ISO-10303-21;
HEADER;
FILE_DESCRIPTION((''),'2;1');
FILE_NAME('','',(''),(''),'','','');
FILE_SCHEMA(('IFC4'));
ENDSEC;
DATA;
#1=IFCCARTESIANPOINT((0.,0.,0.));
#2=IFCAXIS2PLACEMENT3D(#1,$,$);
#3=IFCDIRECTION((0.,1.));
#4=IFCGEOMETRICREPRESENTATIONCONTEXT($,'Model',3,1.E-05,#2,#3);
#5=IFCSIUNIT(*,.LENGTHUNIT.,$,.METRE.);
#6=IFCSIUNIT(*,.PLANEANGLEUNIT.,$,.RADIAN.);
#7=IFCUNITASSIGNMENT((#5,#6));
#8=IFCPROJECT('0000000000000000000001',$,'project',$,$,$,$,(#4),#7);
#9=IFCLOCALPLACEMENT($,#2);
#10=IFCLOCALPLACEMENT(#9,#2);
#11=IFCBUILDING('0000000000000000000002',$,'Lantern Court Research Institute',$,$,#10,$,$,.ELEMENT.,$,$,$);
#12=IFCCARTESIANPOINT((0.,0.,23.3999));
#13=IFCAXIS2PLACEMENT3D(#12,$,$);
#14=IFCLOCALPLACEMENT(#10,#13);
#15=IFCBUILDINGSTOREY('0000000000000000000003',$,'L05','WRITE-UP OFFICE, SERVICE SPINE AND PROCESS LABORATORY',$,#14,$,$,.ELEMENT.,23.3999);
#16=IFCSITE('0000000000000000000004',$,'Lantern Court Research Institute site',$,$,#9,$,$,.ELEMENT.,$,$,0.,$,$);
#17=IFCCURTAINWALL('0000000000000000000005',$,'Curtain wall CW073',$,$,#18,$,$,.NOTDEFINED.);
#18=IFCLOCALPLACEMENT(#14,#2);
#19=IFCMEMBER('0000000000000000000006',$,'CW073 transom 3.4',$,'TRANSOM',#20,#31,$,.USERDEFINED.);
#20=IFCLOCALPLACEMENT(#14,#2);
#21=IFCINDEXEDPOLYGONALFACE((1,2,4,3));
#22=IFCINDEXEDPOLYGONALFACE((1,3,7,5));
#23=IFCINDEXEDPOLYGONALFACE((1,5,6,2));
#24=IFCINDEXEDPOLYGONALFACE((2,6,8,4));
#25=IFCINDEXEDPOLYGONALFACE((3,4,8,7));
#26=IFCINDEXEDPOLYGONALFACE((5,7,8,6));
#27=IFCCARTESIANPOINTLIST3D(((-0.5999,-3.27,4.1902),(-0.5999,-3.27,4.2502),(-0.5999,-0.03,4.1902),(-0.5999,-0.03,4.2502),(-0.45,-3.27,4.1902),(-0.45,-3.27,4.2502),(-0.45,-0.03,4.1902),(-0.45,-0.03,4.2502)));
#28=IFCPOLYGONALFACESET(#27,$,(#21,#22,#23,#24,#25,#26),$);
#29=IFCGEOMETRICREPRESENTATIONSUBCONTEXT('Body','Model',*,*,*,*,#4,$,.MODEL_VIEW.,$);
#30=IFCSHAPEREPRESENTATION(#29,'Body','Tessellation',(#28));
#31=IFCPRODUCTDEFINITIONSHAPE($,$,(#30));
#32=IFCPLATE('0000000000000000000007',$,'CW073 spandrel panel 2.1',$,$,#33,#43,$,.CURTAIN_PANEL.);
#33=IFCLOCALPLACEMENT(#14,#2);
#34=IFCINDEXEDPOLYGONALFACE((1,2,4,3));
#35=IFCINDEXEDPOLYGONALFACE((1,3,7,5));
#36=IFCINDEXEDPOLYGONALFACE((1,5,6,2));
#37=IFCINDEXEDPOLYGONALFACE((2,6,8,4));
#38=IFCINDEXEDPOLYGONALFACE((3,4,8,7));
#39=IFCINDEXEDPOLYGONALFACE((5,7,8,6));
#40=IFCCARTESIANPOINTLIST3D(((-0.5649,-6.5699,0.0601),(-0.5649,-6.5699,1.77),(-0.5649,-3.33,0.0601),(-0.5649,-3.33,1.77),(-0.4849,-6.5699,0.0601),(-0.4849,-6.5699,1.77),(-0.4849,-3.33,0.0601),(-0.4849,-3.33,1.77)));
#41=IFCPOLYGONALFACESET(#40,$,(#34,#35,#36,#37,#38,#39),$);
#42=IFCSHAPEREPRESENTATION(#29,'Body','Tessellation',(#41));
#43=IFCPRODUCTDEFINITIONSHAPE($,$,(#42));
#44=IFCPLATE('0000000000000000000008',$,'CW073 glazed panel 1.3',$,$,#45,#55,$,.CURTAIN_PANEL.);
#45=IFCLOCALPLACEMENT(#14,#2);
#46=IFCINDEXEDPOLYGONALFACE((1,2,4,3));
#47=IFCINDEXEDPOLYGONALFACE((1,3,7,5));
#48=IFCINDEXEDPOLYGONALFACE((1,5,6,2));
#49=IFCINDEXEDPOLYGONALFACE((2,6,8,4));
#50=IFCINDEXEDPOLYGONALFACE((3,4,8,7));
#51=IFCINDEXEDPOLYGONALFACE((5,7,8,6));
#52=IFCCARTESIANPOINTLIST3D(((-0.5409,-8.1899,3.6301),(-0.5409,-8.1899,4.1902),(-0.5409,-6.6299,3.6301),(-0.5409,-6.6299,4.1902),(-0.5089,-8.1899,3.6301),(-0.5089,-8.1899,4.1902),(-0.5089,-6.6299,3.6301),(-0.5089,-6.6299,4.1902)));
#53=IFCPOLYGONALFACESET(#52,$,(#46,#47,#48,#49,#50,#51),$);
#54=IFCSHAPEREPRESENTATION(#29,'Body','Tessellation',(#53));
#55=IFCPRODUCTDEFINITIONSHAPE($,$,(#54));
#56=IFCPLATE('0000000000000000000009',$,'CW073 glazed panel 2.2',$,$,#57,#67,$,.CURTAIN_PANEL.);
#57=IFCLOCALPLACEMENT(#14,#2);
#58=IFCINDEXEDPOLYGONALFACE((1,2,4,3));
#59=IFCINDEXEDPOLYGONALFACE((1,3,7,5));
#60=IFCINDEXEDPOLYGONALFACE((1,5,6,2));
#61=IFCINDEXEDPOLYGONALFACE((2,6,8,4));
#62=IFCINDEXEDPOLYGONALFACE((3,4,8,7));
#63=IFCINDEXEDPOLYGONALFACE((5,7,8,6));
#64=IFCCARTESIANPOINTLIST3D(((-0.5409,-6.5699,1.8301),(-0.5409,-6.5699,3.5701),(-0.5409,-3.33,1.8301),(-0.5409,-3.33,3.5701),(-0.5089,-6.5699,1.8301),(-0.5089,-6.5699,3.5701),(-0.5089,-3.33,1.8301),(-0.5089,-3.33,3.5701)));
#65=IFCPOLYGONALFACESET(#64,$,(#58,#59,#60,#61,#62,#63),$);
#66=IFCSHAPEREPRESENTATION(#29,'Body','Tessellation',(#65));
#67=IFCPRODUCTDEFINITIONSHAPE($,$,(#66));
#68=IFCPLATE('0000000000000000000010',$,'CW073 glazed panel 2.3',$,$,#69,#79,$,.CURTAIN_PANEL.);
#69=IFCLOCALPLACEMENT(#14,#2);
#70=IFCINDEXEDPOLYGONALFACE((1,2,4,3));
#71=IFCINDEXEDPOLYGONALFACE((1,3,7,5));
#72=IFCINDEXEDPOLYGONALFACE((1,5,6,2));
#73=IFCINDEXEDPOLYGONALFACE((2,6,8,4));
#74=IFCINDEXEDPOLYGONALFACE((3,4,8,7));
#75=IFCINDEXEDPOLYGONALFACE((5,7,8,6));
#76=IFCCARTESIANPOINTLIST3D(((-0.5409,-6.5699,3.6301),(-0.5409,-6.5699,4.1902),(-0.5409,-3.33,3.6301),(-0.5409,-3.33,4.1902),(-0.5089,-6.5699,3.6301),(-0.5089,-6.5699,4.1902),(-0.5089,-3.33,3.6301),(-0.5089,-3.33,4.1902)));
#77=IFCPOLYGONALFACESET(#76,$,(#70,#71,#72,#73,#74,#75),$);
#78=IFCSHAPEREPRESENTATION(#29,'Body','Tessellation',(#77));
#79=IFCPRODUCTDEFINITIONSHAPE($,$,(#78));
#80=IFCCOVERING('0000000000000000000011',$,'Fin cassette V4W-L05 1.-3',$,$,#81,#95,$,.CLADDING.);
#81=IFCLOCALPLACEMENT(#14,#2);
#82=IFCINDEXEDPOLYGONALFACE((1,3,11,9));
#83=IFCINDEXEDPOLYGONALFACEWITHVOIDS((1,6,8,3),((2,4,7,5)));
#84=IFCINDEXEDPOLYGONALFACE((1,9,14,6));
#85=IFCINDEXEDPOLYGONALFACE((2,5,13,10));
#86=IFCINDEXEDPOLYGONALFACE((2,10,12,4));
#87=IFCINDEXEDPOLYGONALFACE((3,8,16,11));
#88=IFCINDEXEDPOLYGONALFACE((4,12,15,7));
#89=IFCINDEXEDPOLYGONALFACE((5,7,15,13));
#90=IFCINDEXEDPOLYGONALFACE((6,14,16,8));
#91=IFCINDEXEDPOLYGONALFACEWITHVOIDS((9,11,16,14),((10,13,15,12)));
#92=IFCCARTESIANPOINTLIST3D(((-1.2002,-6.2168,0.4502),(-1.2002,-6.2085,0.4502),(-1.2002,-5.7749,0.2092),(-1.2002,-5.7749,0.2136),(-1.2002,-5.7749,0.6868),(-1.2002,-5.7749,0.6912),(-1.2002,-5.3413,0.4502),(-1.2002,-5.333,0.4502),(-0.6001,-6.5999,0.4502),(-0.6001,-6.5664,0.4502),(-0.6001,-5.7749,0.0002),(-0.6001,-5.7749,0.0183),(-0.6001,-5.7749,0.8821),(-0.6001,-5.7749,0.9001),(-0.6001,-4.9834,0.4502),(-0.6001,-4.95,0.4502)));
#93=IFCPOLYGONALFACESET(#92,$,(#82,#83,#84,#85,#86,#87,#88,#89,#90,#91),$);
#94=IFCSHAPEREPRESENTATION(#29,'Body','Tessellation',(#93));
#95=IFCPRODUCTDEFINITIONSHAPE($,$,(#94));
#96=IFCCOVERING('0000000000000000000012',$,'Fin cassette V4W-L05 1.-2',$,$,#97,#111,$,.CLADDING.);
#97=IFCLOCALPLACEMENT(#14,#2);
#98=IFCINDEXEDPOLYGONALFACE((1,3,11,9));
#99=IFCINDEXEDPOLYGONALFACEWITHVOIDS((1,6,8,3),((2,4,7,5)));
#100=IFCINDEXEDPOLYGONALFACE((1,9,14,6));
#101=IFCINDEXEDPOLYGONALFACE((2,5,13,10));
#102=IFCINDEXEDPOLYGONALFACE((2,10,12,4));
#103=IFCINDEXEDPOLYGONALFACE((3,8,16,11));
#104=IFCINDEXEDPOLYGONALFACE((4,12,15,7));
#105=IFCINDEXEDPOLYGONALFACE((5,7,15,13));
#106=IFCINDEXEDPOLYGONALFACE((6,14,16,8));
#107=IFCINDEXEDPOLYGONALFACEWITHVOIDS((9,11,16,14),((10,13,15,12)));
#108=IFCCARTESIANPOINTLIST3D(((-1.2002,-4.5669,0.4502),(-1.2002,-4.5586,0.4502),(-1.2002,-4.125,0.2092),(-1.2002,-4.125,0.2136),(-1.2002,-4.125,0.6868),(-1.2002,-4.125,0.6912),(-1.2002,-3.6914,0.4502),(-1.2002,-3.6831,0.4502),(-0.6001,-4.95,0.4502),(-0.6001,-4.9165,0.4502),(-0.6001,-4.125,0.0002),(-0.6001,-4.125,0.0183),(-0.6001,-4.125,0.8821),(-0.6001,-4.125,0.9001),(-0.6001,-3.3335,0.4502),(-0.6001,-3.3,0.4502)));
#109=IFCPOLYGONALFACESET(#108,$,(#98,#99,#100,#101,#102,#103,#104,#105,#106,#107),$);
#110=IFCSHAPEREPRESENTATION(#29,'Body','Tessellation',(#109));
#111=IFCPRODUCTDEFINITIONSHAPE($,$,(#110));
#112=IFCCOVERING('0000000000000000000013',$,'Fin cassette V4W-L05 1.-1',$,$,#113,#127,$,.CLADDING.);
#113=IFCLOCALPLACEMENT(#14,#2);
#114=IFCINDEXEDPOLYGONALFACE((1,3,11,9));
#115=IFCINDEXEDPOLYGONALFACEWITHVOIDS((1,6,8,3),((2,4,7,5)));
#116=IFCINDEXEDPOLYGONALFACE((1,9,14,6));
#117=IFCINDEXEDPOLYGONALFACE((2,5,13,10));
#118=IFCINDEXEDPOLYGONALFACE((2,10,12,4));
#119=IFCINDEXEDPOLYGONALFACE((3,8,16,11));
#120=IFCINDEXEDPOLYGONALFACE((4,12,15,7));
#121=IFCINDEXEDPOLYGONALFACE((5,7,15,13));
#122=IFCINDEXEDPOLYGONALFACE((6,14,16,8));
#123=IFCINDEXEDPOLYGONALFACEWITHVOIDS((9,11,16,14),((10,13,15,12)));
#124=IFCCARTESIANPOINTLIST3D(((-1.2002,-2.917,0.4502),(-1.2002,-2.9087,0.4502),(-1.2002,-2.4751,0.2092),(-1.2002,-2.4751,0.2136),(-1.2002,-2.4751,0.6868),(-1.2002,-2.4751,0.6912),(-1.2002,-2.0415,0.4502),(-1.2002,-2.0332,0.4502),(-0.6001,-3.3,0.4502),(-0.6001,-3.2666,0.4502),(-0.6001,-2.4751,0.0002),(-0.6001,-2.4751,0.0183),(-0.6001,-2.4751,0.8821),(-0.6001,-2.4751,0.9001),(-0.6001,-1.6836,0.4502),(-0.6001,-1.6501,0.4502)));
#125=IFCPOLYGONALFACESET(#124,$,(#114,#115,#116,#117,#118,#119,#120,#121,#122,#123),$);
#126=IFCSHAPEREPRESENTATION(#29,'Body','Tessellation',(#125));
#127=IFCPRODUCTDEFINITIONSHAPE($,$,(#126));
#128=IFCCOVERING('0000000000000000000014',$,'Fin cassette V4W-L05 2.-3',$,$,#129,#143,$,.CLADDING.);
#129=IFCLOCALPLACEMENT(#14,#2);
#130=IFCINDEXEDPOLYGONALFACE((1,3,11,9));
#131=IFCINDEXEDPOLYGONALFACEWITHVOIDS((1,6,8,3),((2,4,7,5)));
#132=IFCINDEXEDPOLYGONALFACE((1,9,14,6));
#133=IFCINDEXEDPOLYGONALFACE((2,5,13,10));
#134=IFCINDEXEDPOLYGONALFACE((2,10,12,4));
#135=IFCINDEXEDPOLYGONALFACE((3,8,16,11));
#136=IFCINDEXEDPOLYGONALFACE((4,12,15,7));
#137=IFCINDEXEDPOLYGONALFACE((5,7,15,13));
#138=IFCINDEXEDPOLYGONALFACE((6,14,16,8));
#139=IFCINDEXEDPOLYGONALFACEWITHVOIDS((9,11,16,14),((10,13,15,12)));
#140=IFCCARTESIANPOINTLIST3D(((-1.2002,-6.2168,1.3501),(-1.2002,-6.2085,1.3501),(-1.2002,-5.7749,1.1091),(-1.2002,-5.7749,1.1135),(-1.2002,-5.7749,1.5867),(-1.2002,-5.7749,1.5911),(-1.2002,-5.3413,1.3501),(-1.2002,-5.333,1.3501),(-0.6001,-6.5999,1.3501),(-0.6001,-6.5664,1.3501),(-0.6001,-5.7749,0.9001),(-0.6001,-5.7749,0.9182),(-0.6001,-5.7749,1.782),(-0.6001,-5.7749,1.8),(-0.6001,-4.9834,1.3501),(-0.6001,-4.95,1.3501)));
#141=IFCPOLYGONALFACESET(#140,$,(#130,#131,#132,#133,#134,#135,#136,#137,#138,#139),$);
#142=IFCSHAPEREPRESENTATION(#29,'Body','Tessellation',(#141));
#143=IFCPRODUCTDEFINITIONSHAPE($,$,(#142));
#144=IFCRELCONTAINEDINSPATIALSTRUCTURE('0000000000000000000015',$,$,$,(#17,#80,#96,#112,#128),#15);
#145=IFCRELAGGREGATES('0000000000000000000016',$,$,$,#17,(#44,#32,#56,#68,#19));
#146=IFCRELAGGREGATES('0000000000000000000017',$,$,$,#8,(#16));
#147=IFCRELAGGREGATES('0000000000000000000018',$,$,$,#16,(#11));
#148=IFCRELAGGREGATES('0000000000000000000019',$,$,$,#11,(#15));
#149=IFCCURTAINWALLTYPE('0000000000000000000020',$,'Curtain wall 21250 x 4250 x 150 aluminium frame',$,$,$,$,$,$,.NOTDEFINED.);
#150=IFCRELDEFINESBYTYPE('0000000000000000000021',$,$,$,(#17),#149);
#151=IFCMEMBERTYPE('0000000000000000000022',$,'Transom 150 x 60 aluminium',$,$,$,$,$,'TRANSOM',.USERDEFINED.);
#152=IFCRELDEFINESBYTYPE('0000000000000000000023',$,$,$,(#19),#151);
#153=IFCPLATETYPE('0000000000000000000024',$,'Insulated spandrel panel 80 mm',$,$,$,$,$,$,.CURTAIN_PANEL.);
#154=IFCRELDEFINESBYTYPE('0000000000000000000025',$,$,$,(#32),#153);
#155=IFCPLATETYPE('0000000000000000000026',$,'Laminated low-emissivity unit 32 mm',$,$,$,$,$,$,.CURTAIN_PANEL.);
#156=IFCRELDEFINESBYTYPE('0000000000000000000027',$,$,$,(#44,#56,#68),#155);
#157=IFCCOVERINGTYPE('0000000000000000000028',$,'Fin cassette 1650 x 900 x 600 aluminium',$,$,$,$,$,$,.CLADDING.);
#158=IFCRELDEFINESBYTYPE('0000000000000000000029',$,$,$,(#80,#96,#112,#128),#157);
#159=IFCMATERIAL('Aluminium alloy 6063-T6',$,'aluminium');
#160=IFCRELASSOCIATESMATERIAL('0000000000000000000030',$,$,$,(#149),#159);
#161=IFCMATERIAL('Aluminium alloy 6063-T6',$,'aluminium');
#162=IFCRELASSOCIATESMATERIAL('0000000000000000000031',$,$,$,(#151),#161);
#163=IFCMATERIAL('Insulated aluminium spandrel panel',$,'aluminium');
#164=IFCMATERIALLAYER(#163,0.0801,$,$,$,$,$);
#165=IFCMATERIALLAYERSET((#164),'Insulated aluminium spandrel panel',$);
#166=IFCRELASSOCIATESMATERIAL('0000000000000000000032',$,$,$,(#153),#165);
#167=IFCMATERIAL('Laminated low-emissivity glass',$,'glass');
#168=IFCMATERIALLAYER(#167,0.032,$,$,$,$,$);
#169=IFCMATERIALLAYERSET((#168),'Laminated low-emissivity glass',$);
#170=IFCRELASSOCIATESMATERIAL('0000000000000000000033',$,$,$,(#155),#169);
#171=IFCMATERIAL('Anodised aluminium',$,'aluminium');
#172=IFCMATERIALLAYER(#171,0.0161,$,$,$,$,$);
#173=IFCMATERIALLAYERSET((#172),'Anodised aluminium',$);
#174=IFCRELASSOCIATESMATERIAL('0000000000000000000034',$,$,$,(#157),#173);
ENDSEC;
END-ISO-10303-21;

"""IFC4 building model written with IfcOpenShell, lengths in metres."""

from ifc_helpers import new_model, entity, si_unit, direction, frame, origin, origin_2d, place, context, subcontext, project, spatial, rectangle, extrude, material, layer, layer_set, material_profile, profile_set, type_object, element, aggregate, save


model = new_model("IFC4")

# Units and contexts
model_context = context("Model", 3, precision=1e-05, world=origin(), true_north=direction((0.0, 1.0)))
body_context = subcontext(model_context, "Body", "Model", "MODEL_VIEW")
ifc_project = project(units=[si_unit("LENGTHUNIT", "METRE"), si_unit("PLANEANGLEUNIT", "RADIAN")], contexts=[model_context])

# Site, building, storey
site_placement = place(None, origin())
site = spatial("IfcSite", under=ifc_project, at=site_placement, Name="Lantern Court Research Institute site", CompositionType="ELEMENT", RefElevation=0.0)
building_placement = place(site_placement, origin())
building = spatial("IfcBuilding", under=site, at=building_placement, Name="Lantern Court Research Institute", CompositionType="ELEMENT")
storey_placement = place(building_placement, frame((0.0, 0.0, 23.3999)))
storey = spatial("IfcBuildingStorey", under=building, at=storey_placement, Name="L05", Description="WRITE-UP OFFICE, SERVICE SPINE AND PROCESS LABORATORY", CompositionType="ELEMENT", Elevation=23.3999)

# Curtain wall
ifc_material_1 = material(Name="Aluminium alloy 6063-T6", Category="aluminium")
curtain_wall_type = type_object("IfcCurtainWallType", Name="Curtain wall 21250 x 4250 x 150 aluminium frame", PredefinedType="NOTDEFINED", material=ifc_material_1)
curtain_wall_placement = place(storey_placement, origin())
curtain_wall = element("IfcCurtainWall", 1, at=curtain_wall_placement, inside=storey, type_object=curtain_wall_type, Name="Curtain wall CW073", PredefinedType="NOTDEFINED")

# Member
ifc_material_2 = material(Name="Aluminium alloy 6063-T6", Category="aluminium")
ifc_material_profile_1 = material_profile(ifc_material_2, rectangle(XDim=0.1499, YDim=0.0601, at=origin_2d()), Name="Transom 150 x 60")
ifc_profile_set_1 = profile_set([ifc_material_profile_1], Name="Aluminium alloy 6063-T6")
member_type_1 = type_object("IfcMemberType", Name="Transom 150 x 60 aluminium", ElementType="TRANSOM", PredefinedType="USERDEFINED", material=ifc_profile_set_1)
member_1_placement = place(storey_placement, frame((-0.5249, -3.27, 4.2202), z_axis=(0.0, 1.0, 0.0), x_axis=(-1.0, 0.0, 0.0)))
member_1 = element("IfcMember", 2, at=member_1_placement, type_object=member_type_1, Name="CW073 transom 3.4", ObjectType="TRANSOM", PredefinedType="USERDEFINED", context=body_context, shape_type="SweptSolid", body=[
    extrude(rectangle(XDim=0.1499, YDim=0.0601, at=origin_2d()), origin(), (0.0, 0.0, 1.0), 3.24),
])

# Plates
ifc_material_3 = material(Name="Insulated aluminium spandrel panel", Category="aluminium")
ifc_layer_1 = layer(ifc_material_3, 0.0801)
ifc_layer_set_1 = layer_set([ifc_layer_1], Name="Insulated aluminium spandrel panel")
plate_type_1 = type_object("IfcPlateType", Name="Insulated spandrel panel 80 mm", PredefinedType="CURTAIN_PANEL", material=ifc_layer_set_1)
plate_1_placement = place(storey_placement, frame((-0.5249, -4.95, 0.0601), z_axis=(0.0, 0.0, 1.0), x_axis=(0.0, 1.0, 0.0)))
plate_1 = element("IfcPlate", 3, at=plate_1_placement, type_object=plate_type_1, Name="CW073 spandrel panel 2.1", PredefinedType="CURTAIN_PANEL", context=body_context, shape_type="SweptSolid", body=[
    extrude(rectangle(XDim=3.24, YDim=0.0801, at=origin_2d()), origin(), (0.0, 0.0, 1.0), 1.71),
])
ifc_material_4 = material(Name="Laminated low-emissivity glass", Category="glass")
ifc_layer_2 = layer(ifc_material_4, 0.032)
ifc_layer_set_2 = layer_set([ifc_layer_2], Name="Laminated low-emissivity glass")
plate_type_2 = type_object("IfcPlateType", Name="Laminated low-emissivity unit 32 mm", PredefinedType="CURTAIN_PANEL", material=ifc_layer_set_2)
plate_2_placement = place(storey_placement, frame((-0.5249, -7.4099, 3.6301), z_axis=(0.0, 0.0, 1.0), x_axis=(0.0, 1.0, 0.0)))
plate_2 = element("IfcPlate", 4, at=plate_2_placement, type_object=plate_type_2, Name="CW073 glazed panel 1.3", PredefinedType="CURTAIN_PANEL", context=body_context, shape_type="SweptSolid", body=[
    extrude(rectangle(XDim=1.5601, YDim=0.032, at=origin_2d()), origin(), (0.0, 0.0, 1.0), 0.5601),
])
plate_3_placement = place(storey_placement, frame((-0.5249, -4.95, 1.8301), z_axis=(0.0, 0.0, 1.0), x_axis=(0.0, 1.0, 0.0)))
plate_3 = element("IfcPlate", 5, at=plate_3_placement, type_object=plate_type_2, Name="CW073 glazed panel 2.2", PredefinedType="CURTAIN_PANEL", context=body_context, shape_type="SweptSolid", body=[
    extrude(rectangle(XDim=3.24, YDim=0.032, at=origin_2d()), origin(), (0.0, 0.0, 1.0), 1.74),
])
plate_4_placement = place(storey_placement, frame((-0.5249, -4.95, 3.6301), z_axis=(0.0, 0.0, 1.0), x_axis=(0.0, 1.0, 0.0)))
plate_4 = element("IfcPlate", 6, at=plate_4_placement, type_object=plate_type_2, Name="CW073 glazed panel 2.3", PredefinedType="CURTAIN_PANEL", context=body_context, shape_type="SweptSolid", body=[
    extrude(rectangle(XDim=3.24, YDim=0.032, at=origin_2d()), origin(), (0.0, 0.0, 1.0), 0.5601),
])
aggregate(curtain_wall, [plate_2, plate_1, plate_3, plate_4, member_1])

# Coverings
ifc_material_5 = material(Name="Anodised aluminium", Category="aluminium")
ifc_layer_3 = layer(ifc_material_5, 0.0161)
ifc_layer_set_3 = layer_set([ifc_layer_3], Name="Anodised aluminium")
covering_type = type_object("IfcCoveringType", Name="Fin cassette 1650 x 900 x 600 aluminium", PredefinedType="CLADDING", material=ifc_layer_set_3)
covering_1_placement = place(storey_placement, frame((-0.6001, -5.7749, 0.4502), z_axis=(-1.0, 0.0, 0.0), x_axis=(0.0, -1.0, 0.0)))
cartesian_point_1 = entity("IfcCartesianPoint", [0.825, 0.0])
cartesian_point_2 = entity("IfcCartesianPoint", [0.7915, 0.0])
cartesian_point_3 = entity("IfcCartesianPoint", [0.4419, 0.0])
cartesian_point_4 = entity("IfcCartesianPoint", [0.4336, 0.0])
element("IfcCovering", 7, at=covering_1_placement, inside=storey, type_object=covering_type, Name="Fin cassette V4W-L05 1.-3", PredefinedType="CLADDING", context=body_context, shape_type="SweptSolid", body=[
    entity("IfcExtrudedAreaSolidTapered", entity("IfcArbitraryProfileDefWithVoids", "AREA", None, entity("IfcPolyline", [cartesian_point_1, entity("IfcCartesianPoint", [0.0, 0.45]), entity("IfcCartesianPoint", [-0.825, 0.0]), entity("IfcCartesianPoint", [0.0, -0.45]), cartesian_point_1]), [entity("IfcPolyline", [cartesian_point_2, entity("IfcCartesianPoint", [0.0, 0.4319]), entity("IfcCartesianPoint", [-0.7915, 0.0]), entity("IfcCartesianPoint", [0.0, -0.4319]), cartesian_point_2])]), entity("IfcAxis2Placement3D", entity("IfcCartesianPoint", [0.0, 0.0, 0.0])), entity("IfcDirection", [0.0, 0.0, 1.0]), 0.6001, entity("IfcArbitraryProfileDefWithVoids", "AREA", None, entity("IfcPolyline", [cartesian_point_3, entity("IfcCartesianPoint", [0.0, 0.241]), entity("IfcCartesianPoint", [-0.4419, 0.0]), entity("IfcCartesianPoint", [0.0, -0.241]), cartesian_point_3]), [entity("IfcPolyline", [cartesian_point_4, entity("IfcCartesianPoint", [0.0, 0.2366]), entity("IfcCartesianPoint", [-0.4336, 0.0]), entity("IfcCartesianPoint", [0.0, -0.2366]), cartesian_point_4])])),
])
covering_2_placement = place(storey_placement, frame((-0.6001, -4.125, 0.4502), z_axis=(-1.0, 0.0, 0.0), x_axis=(0.0, -1.0, 0.0)))
cartesian_point_5 = entity("IfcCartesianPoint", [0.825, 0.0])
cartesian_point_6 = entity("IfcCartesianPoint", [0.7915, 0.0])
cartesian_point_7 = entity("IfcCartesianPoint", [0.4419, 0.0])
cartesian_point_8 = entity("IfcCartesianPoint", [0.4336, 0.0])
element("IfcCovering", 8, at=covering_2_placement, inside=storey, type_object=covering_type, Name="Fin cassette V4W-L05 1.-2", PredefinedType="CLADDING", context=body_context, shape_type="SweptSolid", body=[
    entity("IfcExtrudedAreaSolidTapered", entity("IfcArbitraryProfileDefWithVoids", "AREA", None, entity("IfcPolyline", [cartesian_point_5, entity("IfcCartesianPoint", [0.0, 0.45]), entity("IfcCartesianPoint", [-0.825, 0.0]), entity("IfcCartesianPoint", [0.0, -0.45]), cartesian_point_5]), [entity("IfcPolyline", [cartesian_point_6, entity("IfcCartesianPoint", [0.0, 0.4319]), entity("IfcCartesianPoint", [-0.7915, 0.0]), entity("IfcCartesianPoint", [0.0, -0.4319]), cartesian_point_6])]), entity("IfcAxis2Placement3D", entity("IfcCartesianPoint", [0.0, 0.0, 0.0])), entity("IfcDirection", [0.0, 0.0, 1.0]), 0.6001, entity("IfcArbitraryProfileDefWithVoids", "AREA", None, entity("IfcPolyline", [cartesian_point_7, entity("IfcCartesianPoint", [0.0, 0.241]), entity("IfcCartesianPoint", [-0.4419, 0.0]), entity("IfcCartesianPoint", [0.0, -0.241]), cartesian_point_7]), [entity("IfcPolyline", [cartesian_point_8, entity("IfcCartesianPoint", [0.0, 0.2366]), entity("IfcCartesianPoint", [-0.4336, 0.0]), entity("IfcCartesianPoint", [0.0, -0.2366]), cartesian_point_8])])),
])
covering_3_placement = place(storey_placement, frame((-0.6001, -2.4751, 0.4502), z_axis=(-1.0, 0.0, 0.0), x_axis=(0.0, -1.0, 0.0)))
cartesian_point_9 = entity("IfcCartesianPoint", [0.825, 0.0])
cartesian_point_10 = entity("IfcCartesianPoint", [0.7915, 0.0])
cartesian_point_11 = entity("IfcCartesianPoint", [0.4419, 0.0])
cartesian_point_12 = entity("IfcCartesianPoint", [0.4336, 0.0])
element("IfcCovering", 9, at=covering_3_placement, inside=storey, type_object=covering_type, Name="Fin cassette V4W-L05 1.-1", PredefinedType="CLADDING", context=body_context, shape_type="SweptSolid", body=[
    entity("IfcExtrudedAreaSolidTapered", entity("IfcArbitraryProfileDefWithVoids", "AREA", None, entity("IfcPolyline", [cartesian_point_9, entity("IfcCartesianPoint", [0.0, 0.45]), entity("IfcCartesianPoint", [-0.825, 0.0]), entity("IfcCartesianPoint", [0.0, -0.45]), cartesian_point_9]), [entity("IfcPolyline", [cartesian_point_10, entity("IfcCartesianPoint", [0.0, 0.4319]), entity("IfcCartesianPoint", [-0.7915, 0.0]), entity("IfcCartesianPoint", [0.0, -0.4319]), cartesian_point_10])]), entity("IfcAxis2Placement3D", entity("IfcCartesianPoint", [0.0, 0.0, 0.0])), entity("IfcDirection", [0.0, 0.0, 1.0]), 0.6001, entity("IfcArbitraryProfileDefWithVoids", "AREA", None, entity("IfcPolyline", [cartesian_point_11, entity("IfcCartesianPoint", [0.0, 0.241]), entity("IfcCartesianPoint", [-0.4419, 0.0]), entity("IfcCartesianPoint", [0.0, -0.241]), cartesian_point_11]), [entity("IfcPolyline", [cartesian_point_12, entity("IfcCartesianPoint", [0.0, 0.2366]), entity("IfcCartesianPoint", [-0.4336, 0.0]), entity("IfcCartesianPoint", [0.0, -0.2366]), cartesian_point_12])])),
])
covering_4_placement = place(storey_placement, frame((-0.6001, -5.7749, 1.3501), z_axis=(-1.0, 0.0, 0.0), x_axis=(0.0, -1.0, 0.0)))
cartesian_point_13 = entity("IfcCartesianPoint", [0.825, 0.0])
cartesian_point_14 = entity("IfcCartesianPoint", [0.7915, 0.0])
cartesian_point_15 = entity("IfcCartesianPoint", [0.4419, 0.0])
cartesian_point_16 = entity("IfcCartesianPoint", [0.4336, 0.0])
element("IfcCovering", 10, at=covering_4_placement, inside=storey, type_object=covering_type, Name="Fin cassette V4W-L05 2.-3", PredefinedType="CLADDING", context=body_context, shape_type="SweptSolid", body=[
    entity("IfcExtrudedAreaSolidTapered", entity("IfcArbitraryProfileDefWithVoids", "AREA", None, entity("IfcPolyline", [cartesian_point_13, entity("IfcCartesianPoint", [0.0, 0.45]), entity("IfcCartesianPoint", [-0.825, 0.0]), entity("IfcCartesianPoint", [0.0, -0.45]), cartesian_point_13]), [entity("IfcPolyline", [cartesian_point_14, entity("IfcCartesianPoint", [0.0, 0.4319]), entity("IfcCartesianPoint", [-0.7915, 0.0]), entity("IfcCartesianPoint", [0.0, -0.4319]), cartesian_point_14])]), entity("IfcAxis2Placement3D", entity("IfcCartesianPoint", [0.0, 0.0, 0.0])), entity("IfcDirection", [0.0, 0.0, 1.0]), 0.6001, entity("IfcArbitraryProfileDefWithVoids", "AREA", None, entity("IfcPolyline", [cartesian_point_15, entity("IfcCartesianPoint", [0.0, 0.241]), entity("IfcCartesianPoint", [-0.4419, 0.0]), entity("IfcCartesianPoint", [0.0, -0.241]), cartesian_point_15]), [entity("IfcPolyline", [cartesian_point_16, entity("IfcCartesianPoint", [0.0, 0.2366]), entity("IfcCartesianPoint", [-0.4336, 0.0]), entity("IfcCartesianPoint", [0.0, -0.2366]), cartesian_point_16])])),
])

save(model, "model.ifc")
